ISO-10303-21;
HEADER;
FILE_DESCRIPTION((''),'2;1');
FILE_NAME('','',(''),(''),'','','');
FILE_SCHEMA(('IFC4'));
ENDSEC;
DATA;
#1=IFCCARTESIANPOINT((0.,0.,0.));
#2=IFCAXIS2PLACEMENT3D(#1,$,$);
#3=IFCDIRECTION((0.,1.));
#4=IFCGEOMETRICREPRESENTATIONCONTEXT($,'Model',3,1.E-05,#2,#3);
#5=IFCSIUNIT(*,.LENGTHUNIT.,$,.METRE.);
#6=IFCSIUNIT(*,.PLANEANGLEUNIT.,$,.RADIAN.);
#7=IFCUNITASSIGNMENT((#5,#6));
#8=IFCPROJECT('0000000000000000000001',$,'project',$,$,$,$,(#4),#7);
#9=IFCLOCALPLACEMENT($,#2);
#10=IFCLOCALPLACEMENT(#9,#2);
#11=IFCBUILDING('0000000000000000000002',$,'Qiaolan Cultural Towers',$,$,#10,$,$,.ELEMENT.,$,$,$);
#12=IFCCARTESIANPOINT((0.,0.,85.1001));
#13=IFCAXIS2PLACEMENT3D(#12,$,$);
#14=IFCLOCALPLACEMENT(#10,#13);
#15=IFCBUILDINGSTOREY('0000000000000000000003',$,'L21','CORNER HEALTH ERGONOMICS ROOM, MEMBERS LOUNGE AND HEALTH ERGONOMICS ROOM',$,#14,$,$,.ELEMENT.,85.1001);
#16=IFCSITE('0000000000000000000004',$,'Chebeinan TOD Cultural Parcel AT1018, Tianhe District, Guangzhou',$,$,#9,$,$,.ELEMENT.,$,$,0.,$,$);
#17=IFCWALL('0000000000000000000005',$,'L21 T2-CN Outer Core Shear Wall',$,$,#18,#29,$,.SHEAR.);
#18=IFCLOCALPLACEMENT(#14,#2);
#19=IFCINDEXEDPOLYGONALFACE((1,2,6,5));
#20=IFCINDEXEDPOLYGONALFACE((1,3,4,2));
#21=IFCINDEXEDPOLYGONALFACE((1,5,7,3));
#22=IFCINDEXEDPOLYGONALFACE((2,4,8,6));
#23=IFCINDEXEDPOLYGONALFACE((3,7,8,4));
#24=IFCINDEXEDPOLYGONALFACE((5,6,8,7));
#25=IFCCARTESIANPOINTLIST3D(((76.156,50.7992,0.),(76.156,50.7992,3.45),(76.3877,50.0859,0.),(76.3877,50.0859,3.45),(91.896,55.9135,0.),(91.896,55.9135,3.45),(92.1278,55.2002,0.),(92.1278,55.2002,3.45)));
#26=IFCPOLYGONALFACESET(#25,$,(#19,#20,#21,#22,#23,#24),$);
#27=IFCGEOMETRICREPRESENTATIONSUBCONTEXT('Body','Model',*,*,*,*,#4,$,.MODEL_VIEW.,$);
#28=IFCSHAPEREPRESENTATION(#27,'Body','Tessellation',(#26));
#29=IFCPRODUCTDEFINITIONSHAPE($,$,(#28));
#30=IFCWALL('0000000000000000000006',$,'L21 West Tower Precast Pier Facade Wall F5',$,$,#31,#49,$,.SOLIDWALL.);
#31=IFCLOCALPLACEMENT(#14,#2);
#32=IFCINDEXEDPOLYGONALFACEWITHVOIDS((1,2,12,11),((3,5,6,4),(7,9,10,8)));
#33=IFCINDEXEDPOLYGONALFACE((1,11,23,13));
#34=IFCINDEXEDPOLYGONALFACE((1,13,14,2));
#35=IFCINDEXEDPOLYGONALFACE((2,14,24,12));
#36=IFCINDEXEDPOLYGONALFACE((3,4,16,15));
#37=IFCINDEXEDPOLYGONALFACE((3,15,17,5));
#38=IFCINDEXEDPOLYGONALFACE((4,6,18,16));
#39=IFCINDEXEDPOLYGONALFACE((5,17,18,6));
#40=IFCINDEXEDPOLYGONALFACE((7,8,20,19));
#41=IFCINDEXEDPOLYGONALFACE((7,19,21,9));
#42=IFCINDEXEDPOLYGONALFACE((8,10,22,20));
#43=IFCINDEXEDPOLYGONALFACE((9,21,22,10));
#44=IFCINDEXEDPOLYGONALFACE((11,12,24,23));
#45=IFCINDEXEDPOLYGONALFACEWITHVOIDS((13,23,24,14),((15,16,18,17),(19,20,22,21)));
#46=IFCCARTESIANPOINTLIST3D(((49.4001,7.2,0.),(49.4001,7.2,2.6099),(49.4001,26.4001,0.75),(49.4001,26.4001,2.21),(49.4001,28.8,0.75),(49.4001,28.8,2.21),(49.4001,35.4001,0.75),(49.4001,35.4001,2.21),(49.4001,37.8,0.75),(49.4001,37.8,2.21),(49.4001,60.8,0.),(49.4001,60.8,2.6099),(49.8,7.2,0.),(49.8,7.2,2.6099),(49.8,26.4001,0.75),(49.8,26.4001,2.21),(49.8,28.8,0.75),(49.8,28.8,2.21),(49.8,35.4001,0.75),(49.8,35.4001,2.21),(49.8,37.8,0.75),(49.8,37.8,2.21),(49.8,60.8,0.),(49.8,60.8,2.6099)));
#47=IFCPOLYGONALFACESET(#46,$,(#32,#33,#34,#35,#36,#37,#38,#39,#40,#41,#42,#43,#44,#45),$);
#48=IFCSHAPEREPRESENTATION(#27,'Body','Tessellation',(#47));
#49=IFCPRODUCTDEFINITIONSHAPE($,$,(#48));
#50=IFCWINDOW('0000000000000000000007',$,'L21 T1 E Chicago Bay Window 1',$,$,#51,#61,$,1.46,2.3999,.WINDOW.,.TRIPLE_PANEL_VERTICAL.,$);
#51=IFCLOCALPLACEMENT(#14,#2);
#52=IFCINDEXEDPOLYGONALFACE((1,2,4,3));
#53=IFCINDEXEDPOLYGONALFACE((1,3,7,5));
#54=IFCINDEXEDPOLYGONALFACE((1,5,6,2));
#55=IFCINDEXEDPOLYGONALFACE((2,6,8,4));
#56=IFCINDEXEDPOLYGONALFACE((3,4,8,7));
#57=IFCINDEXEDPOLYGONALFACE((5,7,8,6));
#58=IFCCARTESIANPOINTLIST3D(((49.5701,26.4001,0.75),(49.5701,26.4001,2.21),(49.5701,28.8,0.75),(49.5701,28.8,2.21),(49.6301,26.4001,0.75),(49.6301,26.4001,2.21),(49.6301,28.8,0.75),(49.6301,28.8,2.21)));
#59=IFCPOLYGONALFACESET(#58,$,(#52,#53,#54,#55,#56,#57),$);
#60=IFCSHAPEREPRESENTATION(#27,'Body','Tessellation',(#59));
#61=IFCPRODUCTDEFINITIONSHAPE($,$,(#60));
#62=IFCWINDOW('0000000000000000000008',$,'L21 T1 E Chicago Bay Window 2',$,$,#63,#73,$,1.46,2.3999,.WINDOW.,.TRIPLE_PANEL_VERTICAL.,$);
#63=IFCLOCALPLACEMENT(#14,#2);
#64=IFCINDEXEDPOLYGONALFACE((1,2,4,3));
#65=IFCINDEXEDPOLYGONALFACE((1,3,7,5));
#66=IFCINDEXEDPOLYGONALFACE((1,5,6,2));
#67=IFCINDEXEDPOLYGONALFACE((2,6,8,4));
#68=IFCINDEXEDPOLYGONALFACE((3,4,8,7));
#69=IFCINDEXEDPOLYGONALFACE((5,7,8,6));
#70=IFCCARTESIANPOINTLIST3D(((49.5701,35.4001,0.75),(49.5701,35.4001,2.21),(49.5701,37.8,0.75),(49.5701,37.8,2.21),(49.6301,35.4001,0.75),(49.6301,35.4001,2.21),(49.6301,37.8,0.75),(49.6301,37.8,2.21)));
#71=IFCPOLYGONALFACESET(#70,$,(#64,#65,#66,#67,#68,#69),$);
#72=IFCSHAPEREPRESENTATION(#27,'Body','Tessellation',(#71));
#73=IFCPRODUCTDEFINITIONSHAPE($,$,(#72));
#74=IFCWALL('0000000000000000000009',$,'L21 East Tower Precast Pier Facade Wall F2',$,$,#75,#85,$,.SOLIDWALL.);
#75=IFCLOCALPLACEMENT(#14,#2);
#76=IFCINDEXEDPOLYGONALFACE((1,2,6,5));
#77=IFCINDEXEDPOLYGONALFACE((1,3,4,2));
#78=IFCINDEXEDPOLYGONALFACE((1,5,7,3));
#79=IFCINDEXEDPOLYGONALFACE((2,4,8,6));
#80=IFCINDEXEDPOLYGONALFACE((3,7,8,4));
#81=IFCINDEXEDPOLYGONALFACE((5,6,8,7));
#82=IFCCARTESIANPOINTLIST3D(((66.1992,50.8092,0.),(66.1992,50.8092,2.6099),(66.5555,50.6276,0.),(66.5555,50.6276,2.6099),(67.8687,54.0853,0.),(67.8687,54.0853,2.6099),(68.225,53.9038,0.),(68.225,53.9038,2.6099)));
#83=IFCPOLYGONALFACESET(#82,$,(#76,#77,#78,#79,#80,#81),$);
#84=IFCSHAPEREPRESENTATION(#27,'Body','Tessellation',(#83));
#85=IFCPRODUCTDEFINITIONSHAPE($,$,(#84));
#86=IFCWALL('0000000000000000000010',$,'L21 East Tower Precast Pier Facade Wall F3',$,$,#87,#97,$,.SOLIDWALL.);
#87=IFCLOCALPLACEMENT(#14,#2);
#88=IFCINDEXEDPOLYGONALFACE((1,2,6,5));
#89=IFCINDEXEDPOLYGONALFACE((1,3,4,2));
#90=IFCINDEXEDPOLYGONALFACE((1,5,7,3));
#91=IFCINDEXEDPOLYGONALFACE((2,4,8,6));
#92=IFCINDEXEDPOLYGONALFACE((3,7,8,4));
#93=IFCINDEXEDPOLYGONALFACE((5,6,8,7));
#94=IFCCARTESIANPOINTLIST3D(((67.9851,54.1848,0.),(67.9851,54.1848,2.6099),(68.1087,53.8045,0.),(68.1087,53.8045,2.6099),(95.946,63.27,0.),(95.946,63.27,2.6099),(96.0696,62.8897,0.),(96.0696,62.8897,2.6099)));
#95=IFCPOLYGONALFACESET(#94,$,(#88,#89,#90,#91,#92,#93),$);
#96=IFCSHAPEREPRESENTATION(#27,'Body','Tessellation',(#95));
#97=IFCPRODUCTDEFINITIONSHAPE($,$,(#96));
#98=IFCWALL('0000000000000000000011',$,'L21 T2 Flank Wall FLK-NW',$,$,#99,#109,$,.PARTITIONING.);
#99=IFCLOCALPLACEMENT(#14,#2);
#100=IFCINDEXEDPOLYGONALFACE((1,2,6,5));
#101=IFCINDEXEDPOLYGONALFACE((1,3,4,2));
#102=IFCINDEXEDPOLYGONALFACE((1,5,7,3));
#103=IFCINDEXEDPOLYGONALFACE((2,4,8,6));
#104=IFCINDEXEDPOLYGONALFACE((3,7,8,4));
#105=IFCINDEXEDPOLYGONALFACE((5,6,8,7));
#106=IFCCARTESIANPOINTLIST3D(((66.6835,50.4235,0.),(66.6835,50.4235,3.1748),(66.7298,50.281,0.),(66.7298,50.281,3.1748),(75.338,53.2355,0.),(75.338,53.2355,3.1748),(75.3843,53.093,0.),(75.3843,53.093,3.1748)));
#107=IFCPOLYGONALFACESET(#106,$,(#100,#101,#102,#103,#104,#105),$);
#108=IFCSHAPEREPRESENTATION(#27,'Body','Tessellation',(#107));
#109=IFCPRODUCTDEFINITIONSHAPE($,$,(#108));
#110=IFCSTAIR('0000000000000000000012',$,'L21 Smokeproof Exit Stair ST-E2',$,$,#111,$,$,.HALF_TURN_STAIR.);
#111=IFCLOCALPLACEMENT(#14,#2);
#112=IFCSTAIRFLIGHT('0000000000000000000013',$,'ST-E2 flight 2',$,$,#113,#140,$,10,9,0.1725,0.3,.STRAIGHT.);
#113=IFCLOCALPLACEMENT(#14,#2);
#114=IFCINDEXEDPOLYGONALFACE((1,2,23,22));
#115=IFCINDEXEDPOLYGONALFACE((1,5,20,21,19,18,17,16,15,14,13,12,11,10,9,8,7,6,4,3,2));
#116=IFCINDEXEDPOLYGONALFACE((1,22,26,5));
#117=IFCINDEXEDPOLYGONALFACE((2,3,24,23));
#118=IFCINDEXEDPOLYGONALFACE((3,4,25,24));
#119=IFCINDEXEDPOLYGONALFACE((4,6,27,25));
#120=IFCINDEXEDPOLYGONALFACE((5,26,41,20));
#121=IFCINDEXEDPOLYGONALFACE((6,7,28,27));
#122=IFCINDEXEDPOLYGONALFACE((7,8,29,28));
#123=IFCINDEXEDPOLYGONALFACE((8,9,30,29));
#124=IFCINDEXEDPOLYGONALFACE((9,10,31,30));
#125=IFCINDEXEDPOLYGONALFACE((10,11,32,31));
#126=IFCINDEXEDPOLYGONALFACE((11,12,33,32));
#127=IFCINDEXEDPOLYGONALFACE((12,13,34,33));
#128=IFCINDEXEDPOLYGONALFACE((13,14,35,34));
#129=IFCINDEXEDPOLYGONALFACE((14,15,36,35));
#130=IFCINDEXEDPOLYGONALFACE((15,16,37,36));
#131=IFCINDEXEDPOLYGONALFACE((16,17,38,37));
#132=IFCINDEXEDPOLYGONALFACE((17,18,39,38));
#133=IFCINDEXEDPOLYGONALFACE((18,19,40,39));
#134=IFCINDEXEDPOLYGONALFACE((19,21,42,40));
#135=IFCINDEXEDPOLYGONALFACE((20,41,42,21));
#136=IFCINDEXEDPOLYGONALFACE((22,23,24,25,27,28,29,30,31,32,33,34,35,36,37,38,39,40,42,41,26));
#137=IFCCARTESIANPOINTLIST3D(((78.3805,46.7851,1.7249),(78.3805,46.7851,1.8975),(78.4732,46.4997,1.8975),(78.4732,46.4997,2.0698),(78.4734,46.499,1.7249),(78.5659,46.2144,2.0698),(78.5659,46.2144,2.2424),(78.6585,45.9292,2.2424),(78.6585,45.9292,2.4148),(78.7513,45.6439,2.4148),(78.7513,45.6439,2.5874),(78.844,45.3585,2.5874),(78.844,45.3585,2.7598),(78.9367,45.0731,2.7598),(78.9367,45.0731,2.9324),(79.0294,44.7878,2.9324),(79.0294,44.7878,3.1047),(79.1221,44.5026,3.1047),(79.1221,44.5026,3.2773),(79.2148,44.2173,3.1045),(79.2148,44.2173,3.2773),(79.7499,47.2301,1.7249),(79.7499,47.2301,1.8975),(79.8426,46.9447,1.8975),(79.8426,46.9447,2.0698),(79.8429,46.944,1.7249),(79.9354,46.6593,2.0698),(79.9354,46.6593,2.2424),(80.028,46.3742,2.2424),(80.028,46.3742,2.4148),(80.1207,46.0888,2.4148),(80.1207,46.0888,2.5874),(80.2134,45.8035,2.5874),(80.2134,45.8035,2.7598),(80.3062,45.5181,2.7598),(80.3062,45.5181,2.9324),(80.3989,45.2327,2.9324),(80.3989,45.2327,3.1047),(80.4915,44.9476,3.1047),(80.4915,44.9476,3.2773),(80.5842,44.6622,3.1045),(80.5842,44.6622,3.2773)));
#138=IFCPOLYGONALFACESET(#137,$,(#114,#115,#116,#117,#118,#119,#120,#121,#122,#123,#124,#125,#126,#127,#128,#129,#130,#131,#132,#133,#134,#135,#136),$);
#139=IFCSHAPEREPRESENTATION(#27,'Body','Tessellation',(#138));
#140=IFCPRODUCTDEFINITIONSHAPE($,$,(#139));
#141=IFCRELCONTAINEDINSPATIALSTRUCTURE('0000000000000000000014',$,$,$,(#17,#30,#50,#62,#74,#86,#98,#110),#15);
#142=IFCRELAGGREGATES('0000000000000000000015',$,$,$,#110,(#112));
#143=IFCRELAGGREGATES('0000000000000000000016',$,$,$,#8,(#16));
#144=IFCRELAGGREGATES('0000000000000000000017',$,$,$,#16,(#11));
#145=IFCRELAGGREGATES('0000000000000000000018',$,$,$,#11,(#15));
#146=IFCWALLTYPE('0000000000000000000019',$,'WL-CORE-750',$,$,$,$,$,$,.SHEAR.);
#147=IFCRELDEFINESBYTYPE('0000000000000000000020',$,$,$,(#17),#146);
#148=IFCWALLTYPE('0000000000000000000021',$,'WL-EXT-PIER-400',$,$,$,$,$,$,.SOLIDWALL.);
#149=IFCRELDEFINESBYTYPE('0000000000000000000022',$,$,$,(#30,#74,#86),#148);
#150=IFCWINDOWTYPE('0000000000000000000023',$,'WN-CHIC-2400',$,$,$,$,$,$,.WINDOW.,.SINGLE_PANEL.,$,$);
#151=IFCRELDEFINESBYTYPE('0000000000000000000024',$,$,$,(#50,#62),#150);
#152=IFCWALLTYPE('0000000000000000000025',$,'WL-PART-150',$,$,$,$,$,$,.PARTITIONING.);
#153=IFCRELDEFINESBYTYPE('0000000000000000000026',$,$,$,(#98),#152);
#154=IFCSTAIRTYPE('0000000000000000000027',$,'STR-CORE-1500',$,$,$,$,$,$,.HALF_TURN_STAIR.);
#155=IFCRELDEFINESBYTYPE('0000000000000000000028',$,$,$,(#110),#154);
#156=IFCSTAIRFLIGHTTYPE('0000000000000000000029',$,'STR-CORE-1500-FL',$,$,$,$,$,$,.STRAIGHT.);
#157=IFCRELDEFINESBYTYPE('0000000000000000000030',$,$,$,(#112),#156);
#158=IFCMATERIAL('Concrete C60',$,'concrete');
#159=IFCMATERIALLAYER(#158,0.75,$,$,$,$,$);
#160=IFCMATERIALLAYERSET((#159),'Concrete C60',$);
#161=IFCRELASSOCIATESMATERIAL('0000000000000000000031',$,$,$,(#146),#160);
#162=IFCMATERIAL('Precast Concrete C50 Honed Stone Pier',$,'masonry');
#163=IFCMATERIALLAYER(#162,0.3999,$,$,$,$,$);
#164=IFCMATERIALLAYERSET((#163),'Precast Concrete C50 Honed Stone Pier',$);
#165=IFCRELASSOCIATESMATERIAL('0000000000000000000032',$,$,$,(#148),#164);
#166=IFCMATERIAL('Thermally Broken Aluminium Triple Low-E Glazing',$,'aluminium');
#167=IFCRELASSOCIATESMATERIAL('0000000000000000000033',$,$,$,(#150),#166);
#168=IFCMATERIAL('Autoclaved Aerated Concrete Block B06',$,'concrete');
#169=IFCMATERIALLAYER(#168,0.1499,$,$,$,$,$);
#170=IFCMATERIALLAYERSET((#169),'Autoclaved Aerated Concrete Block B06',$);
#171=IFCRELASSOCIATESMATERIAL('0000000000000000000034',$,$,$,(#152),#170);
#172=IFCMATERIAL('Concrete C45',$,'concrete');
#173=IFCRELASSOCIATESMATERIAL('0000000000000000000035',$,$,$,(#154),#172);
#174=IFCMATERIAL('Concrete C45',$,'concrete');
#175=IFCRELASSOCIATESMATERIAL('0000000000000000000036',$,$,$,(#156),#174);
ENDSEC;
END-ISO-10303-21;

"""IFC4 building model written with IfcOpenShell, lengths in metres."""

from ifc_helpers import new_model, si_unit, direction, frame, frame_2d, origin, place, context, subcontext, project, spatial, polyline, rectangle, outline, extrude, material, layer, layer_set, type_object, element, fill, aggregate, save


model = new_model("IFC4")

# Units and contexts
model_context = context("Model", 3, precision=1e-05, world=origin(), true_north=direction((0.0, 1.0)))
body_context = subcontext(model_context, "Body", "Model", "MODEL_VIEW")
ifc_project = project(units=[si_unit("LENGTHUNIT", "METRE"), si_unit("PLANEANGLEUNIT", "RADIAN")], contexts=[model_context])

# Site, building, storey
site_placement = place(None, origin())
site = spatial("IfcSite", under=ifc_project, at=site_placement, Name="Chebeinan TOD Cultural Parcel AT1018, Tianhe District, Guangzhou", CompositionType="ELEMENT", RefElevation=0.0)
building_placement = place(site_placement, origin())
building = spatial("IfcBuilding", under=site, at=building_placement, Name="Qiaolan Cultural Towers", CompositionType="ELEMENT")
storey_placement = place(building_placement, frame((0.0, 0.0, 85.1001)))
storey = spatial("IfcBuildingStorey", under=building, at=storey_placement, Name="L21", Description="CORNER HEALTH ERGONOMICS ROOM, MEMBERS LOUNGE AND HEALTH ERGONOMICS ROOM", CompositionType="ELEMENT", Elevation=85.1001)

# Wall
ifc_material_1 = material(Name="Concrete C60", Category="concrete")
ifc_layer_1 = layer(ifc_material_1, 0.75)
ifc_layer_set_1 = layer_set([ifc_layer_1], Name="Concrete C60")
wall_type_1 = type_object("IfcWallType", Name="WL-CORE-750", PredefinedType="SHEAR", material=ifc_layer_set_1)
wall_1_placement = place(storey_placement, frame((76.272, 50.4426, 0.0), z_axis=(0.0, 0.0, 1.0), x_axis=(0.951056, 0.309018, 0.0)))
element("IfcWall", 1, at=wall_1_placement, inside=storey, type_object=wall_type_1, Name="L21 T2-CN Outer Core Shear Wall", PredefinedType="SHEAR", context=body_context, shape_type="SweptSolid", body=[
    extrude(rectangle(XDim=16.55, YDim=0.75, at=frame_2d((8.2749, 0.0))), origin(), (0.0, 0.0, 1.0), 3.45),
])

# Wall, openings, windows
ifc_material_2 = material(Name="Precast Concrete C50 Honed Stone Pier", Category="masonry")
ifc_layer_2 = layer(ifc_material_2, 0.3999)
ifc_layer_set_2 = layer_set([ifc_layer_2], Name="Precast Concrete C50 Honed Stone Pier")
wall_type_2 = type_object("IfcWallType", Name="WL-EXT-PIER-400", PredefinedType="SOLIDWALL", material=ifc_layer_set_2)
wall_2_placement = place(storey_placement, frame((49.6001, 60.8, 0.0), z_axis=(0.0, 0.0, 1.0), x_axis=(0.0, -1.0, 0.0)))
wall_2 = element("IfcWall", 2, at=wall_2_placement, inside=storey, type_object=wall_type_2, Name="L21 West Tower Precast Pier Facade Wall F5", PredefinedType="SOLIDWALL", context=body_context, shape_type="SweptSolid", body=[
    extrude(rectangle(XDim=53.6001, YDim=0.3999, at=frame_2d((26.8, 0.0))), origin(), (0.0, 0.0, 1.0), 2.6099),
])
opening_1_placement = place(wall_2_placement, frame((32.0, 0.0, 0.75)))
opening_1 = element("IfcOpeningElement", 3, at=opening_1_placement, cuts=wall_2, PredefinedType="OPENING", context=body_context, shape_type="SweptSolid", body=[
    extrude(rectangle(XDim=2.3999, YDim=1.46, at=frame_2d((1.2, 0.73))), frame((0.0, 0.21, 0.0), z_axis=(0.0, -1.0, 0.0), x_axis=(1.0, 0.0, 0.0)), (0.0, 0.0, 1.0), 0.4199),
])
opening_2_placement = place(wall_2_placement, frame((23.0, 0.0, 0.75)))
opening_2 = element("IfcOpeningElement", 4, at=opening_2_placement, cuts=wall_2, PredefinedType="OPENING", context=body_context, shape_type="SweptSolid", body=[
    extrude(rectangle(XDim=2.3999, YDim=1.46, at=frame_2d((1.2, 0.73))), frame((0.0, 0.21, 0.0), z_axis=(0.0, -1.0, 0.0), x_axis=(1.0, 0.0, 0.0)), (0.0, 0.0, 1.0), 0.4199),
])
ifc_material_3 = material(Name="Thermally Broken Aluminium Triple Low-E Glazing", Category="aluminium")
window_type = type_object("IfcWindowType", Name="WN-CHIC-2400", PartitioningType="SINGLE_PANEL", PredefinedType="WINDOW", material=ifc_material_3)
window_1_placement = place(opening_1_placement, origin())
window_1 = element("IfcWindow", 5, at=window_1_placement, inside=storey, type_object=window_type, Name="L21 T1 E Chicago Bay Window 1", OverallHeight=1.46, OverallWidth=2.3999, PartitioningType="TRIPLE_PANEL_VERTICAL", PredefinedType="WINDOW", context=body_context, shape_type="SweptSolid", body=[
    extrude(rectangle(XDim=2.3999, YDim=1.46, at=frame_2d((1.2, 0.73))), frame((0.0, 0.03, 0.0), z_axis=(0.0, -1.0, 0.0), x_axis=(1.0, 0.0, 0.0)), (0.0, 0.0, 1.0), 0.0601),
])
fill(opening_1, window_1)
window_2_placement = place(opening_2_placement, origin())
window_2 = element("IfcWindow", 6, at=window_2_placement, inside=storey, type_object=window_type, Name="L21 T1 E Chicago Bay Window 2", OverallHeight=1.46, OverallWidth=2.3999, PartitioningType="TRIPLE_PANEL_VERTICAL", PredefinedType="WINDOW", context=body_context, shape_type="SweptSolid", body=[
    extrude(rectangle(XDim=2.3999, YDim=1.46, at=frame_2d((1.2, 0.73))), frame((0.0, 0.03, 0.0), z_axis=(0.0, -1.0, 0.0), x_axis=(1.0, 0.0, 0.0)), (0.0, 0.0, 1.0), 0.0601),
])
fill(opening_2, window_2)

# Walls
wall_3_placement = place(storey_placement, frame((66.3774, 50.7185, 0.0), z_axis=(0.0, 0.0, 1.0), x_axis=(0.454026, 0.890988, 0.0)))
element("IfcWall", 7, at=wall_3_placement, inside=storey, type_object=wall_type_2, Name="L21 East Tower Precast Pier Facade Wall F2", PredefinedType="SOLIDWALL", context=body_context, shape_type="SweptSolid", body=[
    extrude(rectangle(XDim=3.677, YDim=0.3999, at=frame_2d((1.8384, 0.0))), origin(), (0.0, 0.0, 1.0), 2.6099),
])
wall_4_placement = place(storey_placement, frame((68.0469, 53.9946, 0.0), z_axis=(0.0, 0.0, 1.0), x_axis=(0.951055, 0.309021, 0.0)))
element("IfcWall", 8, at=wall_4_placement, inside=storey, type_object=wall_type_2, Name="L21 East Tower Precast Pier Facade Wall F3", PredefinedType="SOLIDWALL", context=body_context, shape_type="SweptSolid", body=[
    extrude(rectangle(XDim=29.3999, YDim=0.3999, at=frame_2d((14.7, 0.0))), origin(), (0.0, 0.0, 1.0), 2.6099),
])
ifc_material_4 = material(Name="Autoclaved Aerated Concrete Block B06", Category="concrete")
ifc_layer_3 = layer(ifc_material_4, 0.1499)
ifc_layer_set_3 = layer_set([ifc_layer_3], Name="Autoclaved Aerated Concrete Block B06")
wall_type_3 = type_object("IfcWallType", Name="WL-PART-150", PredefinedType="PARTITIONING", material=ifc_layer_set_3)
wall_5_placement = place(storey_placement, frame((66.7068, 50.3523, 0.0), z_axis=(0.0, 0.0, 1.0), x_axis=(0.951057, 0.309015, 0.0)))
element("IfcWall", 9, at=wall_5_placement, inside=storey, type_object=wall_type_3, Name="L21 T2 Flank Wall FLK-NW", PredefinedType="PARTITIONING", context=body_context, shape_type="SweptSolid", body=[
    extrude(rectangle(XDim=9.0999, YDim=0.1499, at=frame_2d((4.5498, 0.0))), origin(), (0.0, 0.0, 1.0), 3.1748),
])

# Stair, stair flight
ifc_material_5 = material(Name="Concrete C45", Category="concrete")
stair_type = type_object("IfcStairType", Name="STR-CORE-1500", PredefinedType="HALF_TURN_STAIR", material=ifc_material_5)
stair_placement = place(storey_placement, origin())
stair = element("IfcStair", 10, at=stair_placement, inside=storey, type_object=stair_type, Name="L21 Smokeproof Exit Stair ST-E2", PredefinedType="HALF_TURN_STAIR")
ifc_material_6 = material(Name="Concrete C45", Category="concrete")
stair_flight_type = type_object("IfcStairFlightType", Name="STR-CORE-1500-FL", PredefinedType="STRAIGHT", material=ifc_material_6)
stair_flight_placement = place(storey_placement, frame((79.0652, 47.0076, 1.7249), z_axis=(0.0, 0.0, 1.0), x_axis=(0.309017, -0.951057, 0.0)))
stair_flight = element("IfcStairFlight", 11, at=stair_flight_placement, type_object=stair_flight_type, Name="ST-E2 flight 2", NumberOfRisers=10, NumberOfTreads=9, PredefinedType="STRAIGHT", RiserHeight=0.1725, TreadLength=0.3, context=body_context, shape_type="SweptSolid", body=[
    extrude(outline(polyline([(0.0, 0.0), (0.0, 0.1726), (0.3, 0.1726), (0.3, 0.345), (0.6001, 0.345), (0.6001, 0.5176), (0.8999, 0.5176), (0.8999, 0.6899), (1.2, 0.6899), (1.2, 0.8625), (1.5, 0.8625), (1.5, 1.0349), (1.8, 1.0349), (1.8, 1.2075), (2.1001, 1.2075), (2.1001, 1.3799), (2.3999, 1.3799), (2.3999, 1.5525), (2.7, 1.5525), (2.7, 1.7251), (2.7, 1.3796), (0.3008, 0.0), (0.0, 0.0)])), frame((0.0, 0.72, 0.0), z_axis=(0.0, -1.0, 0.0), x_axis=(1.0, 0.0, 0.0)), (0.0, 0.0, 1.0), 1.4399),
])
aggregate(stair, [stair_flight])

save(model, "model.ifc")
